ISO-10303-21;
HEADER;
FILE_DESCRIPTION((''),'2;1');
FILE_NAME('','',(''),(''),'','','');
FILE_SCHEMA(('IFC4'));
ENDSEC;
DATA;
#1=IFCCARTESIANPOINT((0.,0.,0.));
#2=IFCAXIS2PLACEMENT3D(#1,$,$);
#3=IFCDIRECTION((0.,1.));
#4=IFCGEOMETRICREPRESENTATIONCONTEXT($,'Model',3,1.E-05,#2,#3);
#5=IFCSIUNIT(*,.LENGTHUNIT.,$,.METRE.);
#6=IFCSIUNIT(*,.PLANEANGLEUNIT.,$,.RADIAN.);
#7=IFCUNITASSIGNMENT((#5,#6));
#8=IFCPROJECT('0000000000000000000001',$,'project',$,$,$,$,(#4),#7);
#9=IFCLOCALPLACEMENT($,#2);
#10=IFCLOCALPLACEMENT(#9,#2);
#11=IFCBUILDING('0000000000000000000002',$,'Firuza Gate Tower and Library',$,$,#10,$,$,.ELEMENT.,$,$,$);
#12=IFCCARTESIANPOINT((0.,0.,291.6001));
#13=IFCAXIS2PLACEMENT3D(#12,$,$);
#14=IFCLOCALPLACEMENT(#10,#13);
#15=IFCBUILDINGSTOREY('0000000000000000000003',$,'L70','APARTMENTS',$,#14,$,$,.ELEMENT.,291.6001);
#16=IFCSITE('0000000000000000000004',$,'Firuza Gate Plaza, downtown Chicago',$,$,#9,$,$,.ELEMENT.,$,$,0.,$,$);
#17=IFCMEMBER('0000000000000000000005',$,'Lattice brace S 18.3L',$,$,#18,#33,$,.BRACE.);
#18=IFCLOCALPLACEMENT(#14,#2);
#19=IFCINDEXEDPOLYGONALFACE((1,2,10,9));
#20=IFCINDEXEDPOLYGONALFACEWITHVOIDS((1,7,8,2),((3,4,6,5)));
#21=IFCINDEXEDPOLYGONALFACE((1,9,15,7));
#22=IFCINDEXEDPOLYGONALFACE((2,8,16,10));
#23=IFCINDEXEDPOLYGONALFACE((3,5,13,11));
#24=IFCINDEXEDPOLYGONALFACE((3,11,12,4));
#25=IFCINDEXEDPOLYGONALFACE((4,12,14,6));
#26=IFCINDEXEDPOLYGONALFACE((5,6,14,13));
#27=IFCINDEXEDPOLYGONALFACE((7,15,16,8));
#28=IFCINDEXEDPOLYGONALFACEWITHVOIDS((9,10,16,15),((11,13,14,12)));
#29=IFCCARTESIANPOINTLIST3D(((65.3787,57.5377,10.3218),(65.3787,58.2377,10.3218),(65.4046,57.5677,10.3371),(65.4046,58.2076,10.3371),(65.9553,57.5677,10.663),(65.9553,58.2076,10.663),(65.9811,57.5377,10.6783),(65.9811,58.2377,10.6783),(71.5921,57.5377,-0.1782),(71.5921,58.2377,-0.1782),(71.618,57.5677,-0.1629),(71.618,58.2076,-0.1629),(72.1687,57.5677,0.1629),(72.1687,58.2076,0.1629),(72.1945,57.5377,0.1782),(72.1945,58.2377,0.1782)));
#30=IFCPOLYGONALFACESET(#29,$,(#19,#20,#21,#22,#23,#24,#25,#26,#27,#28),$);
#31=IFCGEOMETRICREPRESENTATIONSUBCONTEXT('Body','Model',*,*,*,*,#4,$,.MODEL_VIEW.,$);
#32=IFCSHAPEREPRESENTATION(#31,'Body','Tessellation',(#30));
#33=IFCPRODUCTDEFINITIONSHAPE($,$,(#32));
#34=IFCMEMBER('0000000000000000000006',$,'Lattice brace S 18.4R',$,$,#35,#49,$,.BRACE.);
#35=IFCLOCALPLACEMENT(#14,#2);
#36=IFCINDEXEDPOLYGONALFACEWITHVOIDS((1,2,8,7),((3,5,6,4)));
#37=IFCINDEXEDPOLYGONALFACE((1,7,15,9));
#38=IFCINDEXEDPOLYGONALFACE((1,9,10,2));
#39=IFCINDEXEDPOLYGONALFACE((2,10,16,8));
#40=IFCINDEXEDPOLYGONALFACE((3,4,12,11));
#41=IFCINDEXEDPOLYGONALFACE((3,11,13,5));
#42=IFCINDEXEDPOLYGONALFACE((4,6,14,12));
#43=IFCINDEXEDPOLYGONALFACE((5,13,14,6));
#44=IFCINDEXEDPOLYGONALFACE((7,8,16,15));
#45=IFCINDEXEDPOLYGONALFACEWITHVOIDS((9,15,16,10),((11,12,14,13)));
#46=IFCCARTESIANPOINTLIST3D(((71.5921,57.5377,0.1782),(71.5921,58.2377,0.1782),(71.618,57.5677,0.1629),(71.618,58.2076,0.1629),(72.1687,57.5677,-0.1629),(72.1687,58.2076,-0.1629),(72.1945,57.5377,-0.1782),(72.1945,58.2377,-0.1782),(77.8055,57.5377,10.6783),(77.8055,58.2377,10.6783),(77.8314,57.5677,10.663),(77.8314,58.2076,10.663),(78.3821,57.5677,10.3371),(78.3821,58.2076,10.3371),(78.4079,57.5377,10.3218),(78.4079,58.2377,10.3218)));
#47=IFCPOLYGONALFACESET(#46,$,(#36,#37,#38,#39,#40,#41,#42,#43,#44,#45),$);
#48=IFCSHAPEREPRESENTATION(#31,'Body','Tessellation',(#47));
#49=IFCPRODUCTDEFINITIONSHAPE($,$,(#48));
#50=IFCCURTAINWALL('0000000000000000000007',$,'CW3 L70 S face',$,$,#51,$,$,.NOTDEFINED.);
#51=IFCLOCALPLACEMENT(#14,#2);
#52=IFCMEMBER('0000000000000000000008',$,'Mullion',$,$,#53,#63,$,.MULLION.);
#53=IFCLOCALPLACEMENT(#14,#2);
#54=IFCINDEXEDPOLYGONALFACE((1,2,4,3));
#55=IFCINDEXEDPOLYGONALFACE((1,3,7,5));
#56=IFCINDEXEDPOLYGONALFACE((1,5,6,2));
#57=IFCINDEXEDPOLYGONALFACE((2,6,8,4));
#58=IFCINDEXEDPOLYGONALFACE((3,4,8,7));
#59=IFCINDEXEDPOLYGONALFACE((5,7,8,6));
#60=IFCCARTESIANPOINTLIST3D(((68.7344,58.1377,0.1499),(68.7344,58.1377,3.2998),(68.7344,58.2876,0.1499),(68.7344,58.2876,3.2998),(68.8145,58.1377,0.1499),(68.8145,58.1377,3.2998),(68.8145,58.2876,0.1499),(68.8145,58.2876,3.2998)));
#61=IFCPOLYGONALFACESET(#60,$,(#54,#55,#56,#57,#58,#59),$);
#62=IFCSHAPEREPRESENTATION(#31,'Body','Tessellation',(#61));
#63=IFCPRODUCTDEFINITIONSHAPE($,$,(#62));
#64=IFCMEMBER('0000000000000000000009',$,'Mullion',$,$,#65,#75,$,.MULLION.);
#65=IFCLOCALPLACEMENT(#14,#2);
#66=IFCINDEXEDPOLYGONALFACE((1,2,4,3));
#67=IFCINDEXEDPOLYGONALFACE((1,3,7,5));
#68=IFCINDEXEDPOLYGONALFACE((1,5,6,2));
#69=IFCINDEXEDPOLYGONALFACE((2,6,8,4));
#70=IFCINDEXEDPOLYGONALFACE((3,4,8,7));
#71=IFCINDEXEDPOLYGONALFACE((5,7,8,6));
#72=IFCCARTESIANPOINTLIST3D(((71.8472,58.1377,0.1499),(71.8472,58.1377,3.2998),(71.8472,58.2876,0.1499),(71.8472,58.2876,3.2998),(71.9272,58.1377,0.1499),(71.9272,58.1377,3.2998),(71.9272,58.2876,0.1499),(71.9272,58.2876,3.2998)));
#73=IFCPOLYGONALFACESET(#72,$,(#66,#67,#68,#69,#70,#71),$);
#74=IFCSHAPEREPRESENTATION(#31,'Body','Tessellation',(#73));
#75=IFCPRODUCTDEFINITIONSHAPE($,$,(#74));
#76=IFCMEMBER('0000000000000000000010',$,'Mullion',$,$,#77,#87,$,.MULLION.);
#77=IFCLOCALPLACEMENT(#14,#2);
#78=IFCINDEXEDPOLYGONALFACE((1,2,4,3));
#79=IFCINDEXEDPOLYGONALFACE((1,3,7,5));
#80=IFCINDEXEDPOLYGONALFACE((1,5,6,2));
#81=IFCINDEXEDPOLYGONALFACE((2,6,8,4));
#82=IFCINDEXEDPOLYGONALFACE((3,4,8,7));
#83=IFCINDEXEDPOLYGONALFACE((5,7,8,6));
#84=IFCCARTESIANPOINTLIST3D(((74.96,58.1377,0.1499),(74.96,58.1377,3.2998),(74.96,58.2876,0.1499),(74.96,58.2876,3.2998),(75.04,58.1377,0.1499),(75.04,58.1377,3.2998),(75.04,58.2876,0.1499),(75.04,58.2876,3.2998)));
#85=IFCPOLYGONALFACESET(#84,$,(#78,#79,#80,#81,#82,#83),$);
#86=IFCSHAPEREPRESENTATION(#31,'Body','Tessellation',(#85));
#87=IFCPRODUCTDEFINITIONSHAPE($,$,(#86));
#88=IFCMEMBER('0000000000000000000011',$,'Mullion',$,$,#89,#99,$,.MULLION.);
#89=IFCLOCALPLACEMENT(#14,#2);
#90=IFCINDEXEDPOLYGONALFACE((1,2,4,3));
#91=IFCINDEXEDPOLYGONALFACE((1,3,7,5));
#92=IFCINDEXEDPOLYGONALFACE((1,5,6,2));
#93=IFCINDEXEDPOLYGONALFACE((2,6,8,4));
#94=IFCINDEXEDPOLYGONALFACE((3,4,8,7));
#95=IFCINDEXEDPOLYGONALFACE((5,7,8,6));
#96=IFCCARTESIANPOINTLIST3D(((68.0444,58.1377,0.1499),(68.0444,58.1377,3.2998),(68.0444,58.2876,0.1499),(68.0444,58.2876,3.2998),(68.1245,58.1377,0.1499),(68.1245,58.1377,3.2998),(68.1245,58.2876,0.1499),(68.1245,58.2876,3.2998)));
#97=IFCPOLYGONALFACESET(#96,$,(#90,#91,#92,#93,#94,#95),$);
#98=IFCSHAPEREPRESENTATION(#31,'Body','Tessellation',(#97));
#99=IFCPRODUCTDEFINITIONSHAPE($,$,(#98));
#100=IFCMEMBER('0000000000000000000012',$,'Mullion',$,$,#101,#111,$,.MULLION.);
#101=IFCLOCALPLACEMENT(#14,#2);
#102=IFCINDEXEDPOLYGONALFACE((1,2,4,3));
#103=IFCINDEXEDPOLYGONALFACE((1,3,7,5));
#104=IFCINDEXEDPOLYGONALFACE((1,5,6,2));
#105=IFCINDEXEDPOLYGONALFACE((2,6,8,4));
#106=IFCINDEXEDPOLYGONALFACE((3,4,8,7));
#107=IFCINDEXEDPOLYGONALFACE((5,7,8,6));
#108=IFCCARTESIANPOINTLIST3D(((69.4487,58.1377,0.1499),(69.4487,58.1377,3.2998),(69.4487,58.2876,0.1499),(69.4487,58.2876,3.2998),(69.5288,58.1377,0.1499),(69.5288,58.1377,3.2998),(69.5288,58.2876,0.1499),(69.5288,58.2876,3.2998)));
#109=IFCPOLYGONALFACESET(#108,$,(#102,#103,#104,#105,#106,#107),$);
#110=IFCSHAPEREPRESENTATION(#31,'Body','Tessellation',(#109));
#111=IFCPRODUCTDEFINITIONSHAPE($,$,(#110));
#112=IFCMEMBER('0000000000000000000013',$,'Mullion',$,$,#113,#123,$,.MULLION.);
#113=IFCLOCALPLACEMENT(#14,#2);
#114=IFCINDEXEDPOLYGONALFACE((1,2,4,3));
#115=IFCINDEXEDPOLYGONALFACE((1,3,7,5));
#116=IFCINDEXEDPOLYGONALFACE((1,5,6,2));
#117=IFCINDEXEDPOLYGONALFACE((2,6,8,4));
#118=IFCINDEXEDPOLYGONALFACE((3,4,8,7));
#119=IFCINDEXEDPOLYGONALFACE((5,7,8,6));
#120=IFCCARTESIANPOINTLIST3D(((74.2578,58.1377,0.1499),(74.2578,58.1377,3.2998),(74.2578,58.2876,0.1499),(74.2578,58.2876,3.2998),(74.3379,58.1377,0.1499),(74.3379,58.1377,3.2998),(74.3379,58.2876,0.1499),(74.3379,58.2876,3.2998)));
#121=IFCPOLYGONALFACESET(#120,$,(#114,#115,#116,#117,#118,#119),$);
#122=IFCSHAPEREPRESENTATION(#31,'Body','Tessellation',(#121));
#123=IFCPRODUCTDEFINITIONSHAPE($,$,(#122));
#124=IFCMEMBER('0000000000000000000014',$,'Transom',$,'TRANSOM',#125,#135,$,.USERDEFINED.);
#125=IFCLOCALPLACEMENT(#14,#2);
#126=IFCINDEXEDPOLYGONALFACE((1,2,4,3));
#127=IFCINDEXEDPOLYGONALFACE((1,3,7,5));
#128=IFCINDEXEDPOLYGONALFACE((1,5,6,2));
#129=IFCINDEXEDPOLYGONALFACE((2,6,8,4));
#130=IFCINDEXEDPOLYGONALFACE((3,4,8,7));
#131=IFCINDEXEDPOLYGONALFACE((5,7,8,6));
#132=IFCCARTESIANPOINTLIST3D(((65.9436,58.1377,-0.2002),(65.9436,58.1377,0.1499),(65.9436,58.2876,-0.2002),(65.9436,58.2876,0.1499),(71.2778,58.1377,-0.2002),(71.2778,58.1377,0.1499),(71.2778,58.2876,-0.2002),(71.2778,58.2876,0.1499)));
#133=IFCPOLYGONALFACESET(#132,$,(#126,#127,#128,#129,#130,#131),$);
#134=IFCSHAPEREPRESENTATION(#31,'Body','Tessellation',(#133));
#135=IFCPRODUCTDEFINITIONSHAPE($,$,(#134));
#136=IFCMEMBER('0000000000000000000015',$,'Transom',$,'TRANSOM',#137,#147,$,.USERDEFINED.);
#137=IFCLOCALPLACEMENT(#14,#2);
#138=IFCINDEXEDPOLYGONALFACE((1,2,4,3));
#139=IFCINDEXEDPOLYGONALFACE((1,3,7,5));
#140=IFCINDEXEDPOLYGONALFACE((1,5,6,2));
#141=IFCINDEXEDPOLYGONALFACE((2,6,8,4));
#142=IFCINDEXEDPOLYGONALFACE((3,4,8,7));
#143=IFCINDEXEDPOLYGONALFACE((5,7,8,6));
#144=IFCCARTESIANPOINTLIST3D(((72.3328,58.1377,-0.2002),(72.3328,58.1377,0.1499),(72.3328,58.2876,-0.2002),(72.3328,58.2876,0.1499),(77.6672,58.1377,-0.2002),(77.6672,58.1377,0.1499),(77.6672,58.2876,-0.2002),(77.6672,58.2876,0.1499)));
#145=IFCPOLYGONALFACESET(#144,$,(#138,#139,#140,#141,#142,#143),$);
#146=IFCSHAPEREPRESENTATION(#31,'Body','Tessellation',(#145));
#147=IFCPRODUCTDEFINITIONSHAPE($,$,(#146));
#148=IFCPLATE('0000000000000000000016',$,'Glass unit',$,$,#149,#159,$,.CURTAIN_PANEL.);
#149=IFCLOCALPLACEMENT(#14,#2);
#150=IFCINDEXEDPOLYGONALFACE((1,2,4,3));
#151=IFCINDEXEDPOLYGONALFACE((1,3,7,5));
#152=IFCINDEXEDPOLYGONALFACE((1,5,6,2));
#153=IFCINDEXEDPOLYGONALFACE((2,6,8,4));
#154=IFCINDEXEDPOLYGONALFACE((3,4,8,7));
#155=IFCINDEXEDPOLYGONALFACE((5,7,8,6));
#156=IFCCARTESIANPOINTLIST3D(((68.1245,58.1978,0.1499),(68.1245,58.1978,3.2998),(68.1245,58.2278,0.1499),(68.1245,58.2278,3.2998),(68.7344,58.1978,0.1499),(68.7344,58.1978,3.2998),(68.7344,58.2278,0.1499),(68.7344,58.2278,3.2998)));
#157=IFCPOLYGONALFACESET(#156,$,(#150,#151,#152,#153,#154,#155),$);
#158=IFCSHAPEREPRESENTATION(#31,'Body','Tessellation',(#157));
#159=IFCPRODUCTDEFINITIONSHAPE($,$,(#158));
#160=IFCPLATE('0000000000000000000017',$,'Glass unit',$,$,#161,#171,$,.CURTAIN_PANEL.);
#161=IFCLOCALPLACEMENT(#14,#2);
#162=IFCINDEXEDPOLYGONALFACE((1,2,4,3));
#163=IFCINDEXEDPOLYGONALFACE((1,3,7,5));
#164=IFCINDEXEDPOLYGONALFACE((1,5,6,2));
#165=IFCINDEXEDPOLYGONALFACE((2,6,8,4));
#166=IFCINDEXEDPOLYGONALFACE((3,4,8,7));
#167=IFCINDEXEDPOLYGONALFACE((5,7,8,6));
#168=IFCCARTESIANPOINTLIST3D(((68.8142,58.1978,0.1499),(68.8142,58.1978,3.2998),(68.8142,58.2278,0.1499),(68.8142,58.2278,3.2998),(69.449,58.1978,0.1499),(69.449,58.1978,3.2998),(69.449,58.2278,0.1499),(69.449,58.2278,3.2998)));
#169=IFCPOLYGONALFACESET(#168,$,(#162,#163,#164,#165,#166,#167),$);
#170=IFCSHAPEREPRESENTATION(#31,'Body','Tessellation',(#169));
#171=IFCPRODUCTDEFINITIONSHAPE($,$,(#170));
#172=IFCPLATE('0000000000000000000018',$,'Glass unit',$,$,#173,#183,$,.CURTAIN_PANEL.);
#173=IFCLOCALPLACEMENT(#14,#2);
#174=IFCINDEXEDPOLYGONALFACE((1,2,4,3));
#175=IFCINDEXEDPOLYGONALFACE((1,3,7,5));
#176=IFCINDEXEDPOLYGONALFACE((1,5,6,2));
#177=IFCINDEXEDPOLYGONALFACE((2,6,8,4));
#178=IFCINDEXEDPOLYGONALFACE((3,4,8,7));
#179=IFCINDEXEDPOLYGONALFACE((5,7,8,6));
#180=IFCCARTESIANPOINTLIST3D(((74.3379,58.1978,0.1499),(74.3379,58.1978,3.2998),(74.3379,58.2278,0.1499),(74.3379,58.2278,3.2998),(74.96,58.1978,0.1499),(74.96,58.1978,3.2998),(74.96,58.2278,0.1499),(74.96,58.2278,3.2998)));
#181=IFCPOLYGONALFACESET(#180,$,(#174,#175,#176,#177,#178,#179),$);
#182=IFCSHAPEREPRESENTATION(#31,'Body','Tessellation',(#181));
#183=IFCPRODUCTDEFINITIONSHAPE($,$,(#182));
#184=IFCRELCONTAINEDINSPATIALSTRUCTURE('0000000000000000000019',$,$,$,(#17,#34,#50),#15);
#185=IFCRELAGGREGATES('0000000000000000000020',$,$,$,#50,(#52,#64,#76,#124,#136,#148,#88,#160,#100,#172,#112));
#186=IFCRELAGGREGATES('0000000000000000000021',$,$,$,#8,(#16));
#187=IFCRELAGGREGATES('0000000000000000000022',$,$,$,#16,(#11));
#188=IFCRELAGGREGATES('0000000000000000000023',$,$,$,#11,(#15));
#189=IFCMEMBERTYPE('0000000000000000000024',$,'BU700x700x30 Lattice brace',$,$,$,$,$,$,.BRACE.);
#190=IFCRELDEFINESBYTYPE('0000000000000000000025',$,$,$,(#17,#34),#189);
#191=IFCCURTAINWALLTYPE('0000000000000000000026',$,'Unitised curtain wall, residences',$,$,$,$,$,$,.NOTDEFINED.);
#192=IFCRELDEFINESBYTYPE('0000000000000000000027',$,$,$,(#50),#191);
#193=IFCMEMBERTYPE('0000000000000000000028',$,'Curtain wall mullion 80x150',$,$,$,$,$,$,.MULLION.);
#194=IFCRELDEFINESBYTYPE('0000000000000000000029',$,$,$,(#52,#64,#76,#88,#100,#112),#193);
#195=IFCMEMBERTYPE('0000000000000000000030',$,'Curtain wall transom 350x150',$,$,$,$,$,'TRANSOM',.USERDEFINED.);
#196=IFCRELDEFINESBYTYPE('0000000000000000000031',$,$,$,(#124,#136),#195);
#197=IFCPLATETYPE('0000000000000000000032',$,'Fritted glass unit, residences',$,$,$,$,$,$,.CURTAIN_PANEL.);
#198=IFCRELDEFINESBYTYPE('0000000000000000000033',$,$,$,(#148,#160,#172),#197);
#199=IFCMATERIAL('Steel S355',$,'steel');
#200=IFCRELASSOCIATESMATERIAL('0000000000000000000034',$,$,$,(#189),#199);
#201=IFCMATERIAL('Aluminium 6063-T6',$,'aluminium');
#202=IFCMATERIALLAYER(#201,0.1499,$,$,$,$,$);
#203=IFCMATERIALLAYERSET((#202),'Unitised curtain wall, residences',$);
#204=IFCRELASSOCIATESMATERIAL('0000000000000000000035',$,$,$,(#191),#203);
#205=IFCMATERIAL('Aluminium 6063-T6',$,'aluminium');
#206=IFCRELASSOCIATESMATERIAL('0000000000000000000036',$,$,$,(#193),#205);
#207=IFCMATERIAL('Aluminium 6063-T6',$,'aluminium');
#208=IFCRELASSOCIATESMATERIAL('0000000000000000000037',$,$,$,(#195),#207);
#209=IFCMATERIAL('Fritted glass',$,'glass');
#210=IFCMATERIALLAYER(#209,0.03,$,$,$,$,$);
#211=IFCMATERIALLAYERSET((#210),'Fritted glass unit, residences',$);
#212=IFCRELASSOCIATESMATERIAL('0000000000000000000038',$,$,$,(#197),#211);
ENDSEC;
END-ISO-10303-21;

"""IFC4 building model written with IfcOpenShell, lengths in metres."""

from ifc_helpers import new_model, si_unit, direction, frame, origin, origin_2d, place, context, subcontext, project, spatial, polyline, rectangle, hollow_rectangle, outline, extrude, material, layer, layer_set, material_profile, profile_set, type_object, element, aggregate, save


model = new_model("IFC4")

# Units and contexts
model_context = context("Model", 3, precision=1e-05, world=origin(), true_north=direction((0.0, 1.0)))
body_context = subcontext(model_context, "Body", "Model", "MODEL_VIEW")
ifc_project = project(units=[si_unit("LENGTHUNIT", "METRE"), si_unit("PLANEANGLEUNIT", "RADIAN")], contexts=[model_context])

# Site, building, storey
site_placement = place(None, origin())
site = spatial("IfcSite", under=ifc_project, at=site_placement, Name="Firuza Gate Plaza, downtown Chicago", CompositionType="ELEMENT", RefElevation=0.0)
building_placement = place(site_placement, origin())
building = spatial("IfcBuilding", under=site, at=building_placement, Name="Firuza Gate Tower and Library", CompositionType="ELEMENT")
storey_placement = place(building_placement, frame((0.0, 0.0, 291.6001)))
storey = spatial("IfcBuildingStorey", under=building, at=storey_placement, Name="L70", Description="APARTMENTS", CompositionType="ELEMENT", Elevation=291.6001)

# Members
ifc_material_1 = material(Name="Steel S355", Category="steel")
ifc_material_profile_1 = material_profile(ifc_material_1, hollow_rectangle(XDim=0.7, YDim=0.7, WallThickness=0.03, at=origin_2d()))
ifc_profile_set_1 = profile_set([ifc_material_profile_1], Name="Steel S355")
member_type_1 = type_object("IfcMemberType", Name="BU700x700x30 Lattice brace", PredefinedType="BRACE", material=ifc_profile_set_1)
for number, where, z_axis, x_axis, name in (
    (1, (71.8933, 57.8877, 0.0), (-0.509266, 0.0, 0.860609), (0.0, -1.0, 0.0), "Lattice brace S 18.3L"),
    (2, (71.8933, 57.8877, 0.0), (0.509266, 0.0, 0.860609), (0.0, 1.0, 0.0), "Lattice brace S 18.4R"),
):
    element("IfcMember", number, at=place(storey_placement, frame(where, z_axis=z_axis, x_axis=x_axis)), inside=storey, type_object=member_type_1, Name=name, PredefinedType="BRACE", context=body_context, shape_type="SweptSolid", body=[
        extrude(hollow_rectangle(XDim=0.7, YDim=0.7, WallThickness=0.03, at=origin_2d()), origin(), (0.0, 0.0, 1.0), 12.2007),
    ])

# Curtain wall, members, plates
ifc_material_2 = material(Name="Aluminium 6063-T6", Category="aluminium")
ifc_layer_1 = layer(ifc_material_2, 0.1499)
ifc_layer_set_1 = layer_set([ifc_layer_1], Name="Unitised curtain wall, residences")
curtain_wall_type = type_object("IfcCurtainWallType", Name="Unitised curtain wall, residences", PredefinedType="NOTDEFINED", material=ifc_layer_set_1)
curtain_wall_placement = place(storey_placement, origin())
curtain_wall = element("IfcCurtainWall", 3, at=curtain_wall_placement, inside=storey, type_object=curtain_wall_type, Name="CW3 L70 S face", PredefinedType="NOTDEFINED")
ifc_material_3 = material(Name="Aluminium 6063-T6", Category="aluminium")
ifc_material_profile_2 = material_profile(ifc_material_3, rectangle(XDim=0.1499, YDim=0.0801, at=origin_2d()))
ifc_profile_set_2 = profile_set([ifc_material_profile_2], Name="Aluminium 6063-T6")
member_type_2 = type_object("IfcMemberType", Name="Curtain wall mullion 80x150", PredefinedType="MULLION", material=ifc_profile_set_2)
member_1_placement = place(storey_placement, frame((68.7744, 58.2126, 0.1499), z_axis=(0.0, 0.0, 1.0), x_axis=(0.0, 1.0, 0.0)))
member_1 = element("IfcMember", 4, at=member_1_placement, type_object=member_type_2, Name="Mullion", PredefinedType="MULLION", context=body_context, shape_type="SweptSolid", body=[
    extrude(rectangle(XDim=0.1499, YDim=0.0801, at=origin_2d()), origin(), (0.0, 0.0, 1.0), 3.1499),
])
member_2_placement = place(storey_placement, frame((71.8872, 58.2126, 0.1499), z_axis=(0.0, 0.0, 1.0), x_axis=(0.0, 1.0, 0.0)))
member_2 = element("IfcMember", 5, at=member_2_placement, type_object=member_type_2, Name="Mullion", PredefinedType="MULLION", context=body_context, shape_type="SweptSolid", body=[
    extrude(rectangle(XDim=0.1499, YDim=0.0801, at=origin_2d()), origin(), (0.0, 0.0, 1.0), 3.1499),
])
member_3_placement = place(storey_placement, frame((75.0, 58.2126, 0.1499), z_axis=(0.0, 0.0, 1.0), x_axis=(0.0, 1.0, 0.0)))
member_3 = element("IfcMember", 6, at=member_3_placement, type_object=member_type_2, Name="Mullion", PredefinedType="MULLION", context=body_context, shape_type="SweptSolid", body=[
    extrude(rectangle(XDim=0.1499, YDim=0.0801, at=origin_2d()), origin(), (0.0, 0.0, 1.0), 3.1499),
])
member_4_placement = place(storey_placement, frame((68.0845, 58.2126, 0.1499), z_axis=(0.0, 0.0, 1.0), x_axis=(0.0, 1.0, 0.0)))
member_4 = element("IfcMember", 7, at=member_4_placement, type_object=member_type_2, Name="Mullion", PredefinedType="MULLION", context=body_context, shape_type="SweptSolid", body=[
    extrude(rectangle(XDim=0.1499, YDim=0.0801, at=origin_2d()), origin(), (0.0, 0.0, 1.0), 3.1499),
])
member_5_placement = place(storey_placement, frame((69.4888, 58.2126, 0.1499), z_axis=(0.0, 0.0, 1.0), x_axis=(0.0, 1.0, 0.0)))
member_5 = element("IfcMember", 8, at=member_5_placement, type_object=member_type_2, Name="Mullion", PredefinedType="MULLION", context=body_context, shape_type="SweptSolid", body=[
    extrude(rectangle(XDim=0.1499, YDim=0.0801, at=origin_2d()), origin(), (0.0, 0.0, 1.0), 3.1499),
])
member_6_placement = place(storey_placement, frame((74.2979, 58.2126, 0.1499), z_axis=(0.0, 0.0, 1.0), x_axis=(0.0, 1.0, 0.0)))
member_6 = element("IfcMember", 9, at=member_6_placement, type_object=member_type_2, Name="Mullion", PredefinedType="MULLION", context=body_context, shape_type="SweptSolid", body=[
    extrude(rectangle(XDim=0.1499, YDim=0.0801, at=origin_2d()), origin(), (0.0, 0.0, 1.0), 3.1499),
])
ifc_material_4 = material(Name="Aluminium 6063-T6", Category="aluminium")
ifc_material_profile_3 = material_profile(ifc_material_4, rectangle(XDim=0.1499, YDim=0.3501, at=origin_2d()))
ifc_profile_set_3 = profile_set([ifc_material_profile_3], Name="Aluminium 6063-T6")
member_type_3 = type_object("IfcMemberType", Name="Curtain wall transom 350x150", ElementType="TRANSOM", PredefinedType="USERDEFINED", material=ifc_profile_set_3)
member_7_placement = place(storey_placement, frame((65.9436, 58.2126, -0.0251), z_axis=(1.0, 0.0, 0.0), x_axis=(0.0, 1.0, 0.0)))
member_7 = element("IfcMember", 10, at=member_7_placement, type_object=member_type_3, Name="Transom", ObjectType="TRANSOM", PredefinedType="USERDEFINED", context=body_context, shape_type="SweptSolid", body=[
    extrude(rectangle(XDim=0.1499, YDim=0.3501, at=origin_2d()), origin(), (0.0, 0.0, 1.0), 5.3342),
])
member_8_placement = place(storey_placement, frame((72.3328, 58.2126, -0.0251), z_axis=(1.0, 0.0, 0.0), x_axis=(0.0, 1.0, 0.0)))
member_8 = element("IfcMember", 11, at=member_8_placement, type_object=member_type_3, Name="Transom", ObjectType="TRANSOM", PredefinedType="USERDEFINED", context=body_context, shape_type="SweptSolid", body=[
    extrude(rectangle(XDim=0.1499, YDim=0.3501, at=origin_2d()), origin(), (0.0, 0.0, 1.0), 5.3345),
])
ifc_material_5 = material(Name="Fritted glass", Category="glass")
ifc_layer_2 = layer(ifc_material_5, 0.03)
ifc_layer_set_2 = layer_set([ifc_layer_2], Name="Fritted glass unit, residences")
plate_type_1 = type_object("IfcPlateType", Name="Fritted glass unit, residences", PredefinedType="CURTAIN_PANEL", material=ifc_layer_set_2)
plate_1_placement = place(storey_placement, frame((68.1245, 58.1978, 0.1499), z_axis=(0.0, -1.0, 0.0), x_axis=(1.0, 0.0, 0.0)))
plate_1 = element("IfcPlate", 12, at=plate_1_placement, type_object=plate_type_1, Name="Glass unit", PredefinedType="CURTAIN_PANEL", context=body_context, shape_type="SweptSolid", body=[
    extrude(outline(polyline([(0.0, 0.0), (0.6099, 0.0), (0.6099, 3.1499), (0.0, 3.1499), (0.0, 0.0)])), origin(), (0.0, 0.0, -1.0), 0.03),
])
plate_2_placement = place(storey_placement, frame((68.8142, 58.1978, 0.1499), z_axis=(0.0, -1.0, 0.0), x_axis=(1.0, 0.0, 0.0)))
plate_2 = element("IfcPlate", 13, at=plate_2_placement, type_object=plate_type_1, Name="Glass unit", PredefinedType="CURTAIN_PANEL", context=body_context, shape_type="SweptSolid", body=[
    extrude(outline(polyline([(0.0, 0.0), (0.6348, 0.0), (0.6348, 3.1499), (0.0, 3.1499), (0.0, 0.0)])), origin(), (0.0, 0.0, -1.0), 0.03),
])
plate_3_placement = place(storey_placement, frame((74.3379, 58.1978, 0.1499), z_axis=(0.0, -1.0, 0.0), x_axis=(1.0, 0.0, 0.0)))
plate_3 = element("IfcPlate", 14, at=plate_3_placement, type_object=plate_type_1, Name="Glass unit", PredefinedType="CURTAIN_PANEL", context=body_context, shape_type="SweptSolid", body=[
    extrude(outline(polyline([(0.0, 0.0), (0.6221, 0.0), (0.6221, 3.1499), (0.0, 3.1499), (0.0, 0.0)])), origin(), (0.0, 0.0, -1.0), 0.03),
])
aggregate(curtain_wall, [member_1, member_2, member_3, member_7, member_8, plate_1, member_4, plate_2, member_5, plate_3, member_6])

save(model, "model.ifc")
